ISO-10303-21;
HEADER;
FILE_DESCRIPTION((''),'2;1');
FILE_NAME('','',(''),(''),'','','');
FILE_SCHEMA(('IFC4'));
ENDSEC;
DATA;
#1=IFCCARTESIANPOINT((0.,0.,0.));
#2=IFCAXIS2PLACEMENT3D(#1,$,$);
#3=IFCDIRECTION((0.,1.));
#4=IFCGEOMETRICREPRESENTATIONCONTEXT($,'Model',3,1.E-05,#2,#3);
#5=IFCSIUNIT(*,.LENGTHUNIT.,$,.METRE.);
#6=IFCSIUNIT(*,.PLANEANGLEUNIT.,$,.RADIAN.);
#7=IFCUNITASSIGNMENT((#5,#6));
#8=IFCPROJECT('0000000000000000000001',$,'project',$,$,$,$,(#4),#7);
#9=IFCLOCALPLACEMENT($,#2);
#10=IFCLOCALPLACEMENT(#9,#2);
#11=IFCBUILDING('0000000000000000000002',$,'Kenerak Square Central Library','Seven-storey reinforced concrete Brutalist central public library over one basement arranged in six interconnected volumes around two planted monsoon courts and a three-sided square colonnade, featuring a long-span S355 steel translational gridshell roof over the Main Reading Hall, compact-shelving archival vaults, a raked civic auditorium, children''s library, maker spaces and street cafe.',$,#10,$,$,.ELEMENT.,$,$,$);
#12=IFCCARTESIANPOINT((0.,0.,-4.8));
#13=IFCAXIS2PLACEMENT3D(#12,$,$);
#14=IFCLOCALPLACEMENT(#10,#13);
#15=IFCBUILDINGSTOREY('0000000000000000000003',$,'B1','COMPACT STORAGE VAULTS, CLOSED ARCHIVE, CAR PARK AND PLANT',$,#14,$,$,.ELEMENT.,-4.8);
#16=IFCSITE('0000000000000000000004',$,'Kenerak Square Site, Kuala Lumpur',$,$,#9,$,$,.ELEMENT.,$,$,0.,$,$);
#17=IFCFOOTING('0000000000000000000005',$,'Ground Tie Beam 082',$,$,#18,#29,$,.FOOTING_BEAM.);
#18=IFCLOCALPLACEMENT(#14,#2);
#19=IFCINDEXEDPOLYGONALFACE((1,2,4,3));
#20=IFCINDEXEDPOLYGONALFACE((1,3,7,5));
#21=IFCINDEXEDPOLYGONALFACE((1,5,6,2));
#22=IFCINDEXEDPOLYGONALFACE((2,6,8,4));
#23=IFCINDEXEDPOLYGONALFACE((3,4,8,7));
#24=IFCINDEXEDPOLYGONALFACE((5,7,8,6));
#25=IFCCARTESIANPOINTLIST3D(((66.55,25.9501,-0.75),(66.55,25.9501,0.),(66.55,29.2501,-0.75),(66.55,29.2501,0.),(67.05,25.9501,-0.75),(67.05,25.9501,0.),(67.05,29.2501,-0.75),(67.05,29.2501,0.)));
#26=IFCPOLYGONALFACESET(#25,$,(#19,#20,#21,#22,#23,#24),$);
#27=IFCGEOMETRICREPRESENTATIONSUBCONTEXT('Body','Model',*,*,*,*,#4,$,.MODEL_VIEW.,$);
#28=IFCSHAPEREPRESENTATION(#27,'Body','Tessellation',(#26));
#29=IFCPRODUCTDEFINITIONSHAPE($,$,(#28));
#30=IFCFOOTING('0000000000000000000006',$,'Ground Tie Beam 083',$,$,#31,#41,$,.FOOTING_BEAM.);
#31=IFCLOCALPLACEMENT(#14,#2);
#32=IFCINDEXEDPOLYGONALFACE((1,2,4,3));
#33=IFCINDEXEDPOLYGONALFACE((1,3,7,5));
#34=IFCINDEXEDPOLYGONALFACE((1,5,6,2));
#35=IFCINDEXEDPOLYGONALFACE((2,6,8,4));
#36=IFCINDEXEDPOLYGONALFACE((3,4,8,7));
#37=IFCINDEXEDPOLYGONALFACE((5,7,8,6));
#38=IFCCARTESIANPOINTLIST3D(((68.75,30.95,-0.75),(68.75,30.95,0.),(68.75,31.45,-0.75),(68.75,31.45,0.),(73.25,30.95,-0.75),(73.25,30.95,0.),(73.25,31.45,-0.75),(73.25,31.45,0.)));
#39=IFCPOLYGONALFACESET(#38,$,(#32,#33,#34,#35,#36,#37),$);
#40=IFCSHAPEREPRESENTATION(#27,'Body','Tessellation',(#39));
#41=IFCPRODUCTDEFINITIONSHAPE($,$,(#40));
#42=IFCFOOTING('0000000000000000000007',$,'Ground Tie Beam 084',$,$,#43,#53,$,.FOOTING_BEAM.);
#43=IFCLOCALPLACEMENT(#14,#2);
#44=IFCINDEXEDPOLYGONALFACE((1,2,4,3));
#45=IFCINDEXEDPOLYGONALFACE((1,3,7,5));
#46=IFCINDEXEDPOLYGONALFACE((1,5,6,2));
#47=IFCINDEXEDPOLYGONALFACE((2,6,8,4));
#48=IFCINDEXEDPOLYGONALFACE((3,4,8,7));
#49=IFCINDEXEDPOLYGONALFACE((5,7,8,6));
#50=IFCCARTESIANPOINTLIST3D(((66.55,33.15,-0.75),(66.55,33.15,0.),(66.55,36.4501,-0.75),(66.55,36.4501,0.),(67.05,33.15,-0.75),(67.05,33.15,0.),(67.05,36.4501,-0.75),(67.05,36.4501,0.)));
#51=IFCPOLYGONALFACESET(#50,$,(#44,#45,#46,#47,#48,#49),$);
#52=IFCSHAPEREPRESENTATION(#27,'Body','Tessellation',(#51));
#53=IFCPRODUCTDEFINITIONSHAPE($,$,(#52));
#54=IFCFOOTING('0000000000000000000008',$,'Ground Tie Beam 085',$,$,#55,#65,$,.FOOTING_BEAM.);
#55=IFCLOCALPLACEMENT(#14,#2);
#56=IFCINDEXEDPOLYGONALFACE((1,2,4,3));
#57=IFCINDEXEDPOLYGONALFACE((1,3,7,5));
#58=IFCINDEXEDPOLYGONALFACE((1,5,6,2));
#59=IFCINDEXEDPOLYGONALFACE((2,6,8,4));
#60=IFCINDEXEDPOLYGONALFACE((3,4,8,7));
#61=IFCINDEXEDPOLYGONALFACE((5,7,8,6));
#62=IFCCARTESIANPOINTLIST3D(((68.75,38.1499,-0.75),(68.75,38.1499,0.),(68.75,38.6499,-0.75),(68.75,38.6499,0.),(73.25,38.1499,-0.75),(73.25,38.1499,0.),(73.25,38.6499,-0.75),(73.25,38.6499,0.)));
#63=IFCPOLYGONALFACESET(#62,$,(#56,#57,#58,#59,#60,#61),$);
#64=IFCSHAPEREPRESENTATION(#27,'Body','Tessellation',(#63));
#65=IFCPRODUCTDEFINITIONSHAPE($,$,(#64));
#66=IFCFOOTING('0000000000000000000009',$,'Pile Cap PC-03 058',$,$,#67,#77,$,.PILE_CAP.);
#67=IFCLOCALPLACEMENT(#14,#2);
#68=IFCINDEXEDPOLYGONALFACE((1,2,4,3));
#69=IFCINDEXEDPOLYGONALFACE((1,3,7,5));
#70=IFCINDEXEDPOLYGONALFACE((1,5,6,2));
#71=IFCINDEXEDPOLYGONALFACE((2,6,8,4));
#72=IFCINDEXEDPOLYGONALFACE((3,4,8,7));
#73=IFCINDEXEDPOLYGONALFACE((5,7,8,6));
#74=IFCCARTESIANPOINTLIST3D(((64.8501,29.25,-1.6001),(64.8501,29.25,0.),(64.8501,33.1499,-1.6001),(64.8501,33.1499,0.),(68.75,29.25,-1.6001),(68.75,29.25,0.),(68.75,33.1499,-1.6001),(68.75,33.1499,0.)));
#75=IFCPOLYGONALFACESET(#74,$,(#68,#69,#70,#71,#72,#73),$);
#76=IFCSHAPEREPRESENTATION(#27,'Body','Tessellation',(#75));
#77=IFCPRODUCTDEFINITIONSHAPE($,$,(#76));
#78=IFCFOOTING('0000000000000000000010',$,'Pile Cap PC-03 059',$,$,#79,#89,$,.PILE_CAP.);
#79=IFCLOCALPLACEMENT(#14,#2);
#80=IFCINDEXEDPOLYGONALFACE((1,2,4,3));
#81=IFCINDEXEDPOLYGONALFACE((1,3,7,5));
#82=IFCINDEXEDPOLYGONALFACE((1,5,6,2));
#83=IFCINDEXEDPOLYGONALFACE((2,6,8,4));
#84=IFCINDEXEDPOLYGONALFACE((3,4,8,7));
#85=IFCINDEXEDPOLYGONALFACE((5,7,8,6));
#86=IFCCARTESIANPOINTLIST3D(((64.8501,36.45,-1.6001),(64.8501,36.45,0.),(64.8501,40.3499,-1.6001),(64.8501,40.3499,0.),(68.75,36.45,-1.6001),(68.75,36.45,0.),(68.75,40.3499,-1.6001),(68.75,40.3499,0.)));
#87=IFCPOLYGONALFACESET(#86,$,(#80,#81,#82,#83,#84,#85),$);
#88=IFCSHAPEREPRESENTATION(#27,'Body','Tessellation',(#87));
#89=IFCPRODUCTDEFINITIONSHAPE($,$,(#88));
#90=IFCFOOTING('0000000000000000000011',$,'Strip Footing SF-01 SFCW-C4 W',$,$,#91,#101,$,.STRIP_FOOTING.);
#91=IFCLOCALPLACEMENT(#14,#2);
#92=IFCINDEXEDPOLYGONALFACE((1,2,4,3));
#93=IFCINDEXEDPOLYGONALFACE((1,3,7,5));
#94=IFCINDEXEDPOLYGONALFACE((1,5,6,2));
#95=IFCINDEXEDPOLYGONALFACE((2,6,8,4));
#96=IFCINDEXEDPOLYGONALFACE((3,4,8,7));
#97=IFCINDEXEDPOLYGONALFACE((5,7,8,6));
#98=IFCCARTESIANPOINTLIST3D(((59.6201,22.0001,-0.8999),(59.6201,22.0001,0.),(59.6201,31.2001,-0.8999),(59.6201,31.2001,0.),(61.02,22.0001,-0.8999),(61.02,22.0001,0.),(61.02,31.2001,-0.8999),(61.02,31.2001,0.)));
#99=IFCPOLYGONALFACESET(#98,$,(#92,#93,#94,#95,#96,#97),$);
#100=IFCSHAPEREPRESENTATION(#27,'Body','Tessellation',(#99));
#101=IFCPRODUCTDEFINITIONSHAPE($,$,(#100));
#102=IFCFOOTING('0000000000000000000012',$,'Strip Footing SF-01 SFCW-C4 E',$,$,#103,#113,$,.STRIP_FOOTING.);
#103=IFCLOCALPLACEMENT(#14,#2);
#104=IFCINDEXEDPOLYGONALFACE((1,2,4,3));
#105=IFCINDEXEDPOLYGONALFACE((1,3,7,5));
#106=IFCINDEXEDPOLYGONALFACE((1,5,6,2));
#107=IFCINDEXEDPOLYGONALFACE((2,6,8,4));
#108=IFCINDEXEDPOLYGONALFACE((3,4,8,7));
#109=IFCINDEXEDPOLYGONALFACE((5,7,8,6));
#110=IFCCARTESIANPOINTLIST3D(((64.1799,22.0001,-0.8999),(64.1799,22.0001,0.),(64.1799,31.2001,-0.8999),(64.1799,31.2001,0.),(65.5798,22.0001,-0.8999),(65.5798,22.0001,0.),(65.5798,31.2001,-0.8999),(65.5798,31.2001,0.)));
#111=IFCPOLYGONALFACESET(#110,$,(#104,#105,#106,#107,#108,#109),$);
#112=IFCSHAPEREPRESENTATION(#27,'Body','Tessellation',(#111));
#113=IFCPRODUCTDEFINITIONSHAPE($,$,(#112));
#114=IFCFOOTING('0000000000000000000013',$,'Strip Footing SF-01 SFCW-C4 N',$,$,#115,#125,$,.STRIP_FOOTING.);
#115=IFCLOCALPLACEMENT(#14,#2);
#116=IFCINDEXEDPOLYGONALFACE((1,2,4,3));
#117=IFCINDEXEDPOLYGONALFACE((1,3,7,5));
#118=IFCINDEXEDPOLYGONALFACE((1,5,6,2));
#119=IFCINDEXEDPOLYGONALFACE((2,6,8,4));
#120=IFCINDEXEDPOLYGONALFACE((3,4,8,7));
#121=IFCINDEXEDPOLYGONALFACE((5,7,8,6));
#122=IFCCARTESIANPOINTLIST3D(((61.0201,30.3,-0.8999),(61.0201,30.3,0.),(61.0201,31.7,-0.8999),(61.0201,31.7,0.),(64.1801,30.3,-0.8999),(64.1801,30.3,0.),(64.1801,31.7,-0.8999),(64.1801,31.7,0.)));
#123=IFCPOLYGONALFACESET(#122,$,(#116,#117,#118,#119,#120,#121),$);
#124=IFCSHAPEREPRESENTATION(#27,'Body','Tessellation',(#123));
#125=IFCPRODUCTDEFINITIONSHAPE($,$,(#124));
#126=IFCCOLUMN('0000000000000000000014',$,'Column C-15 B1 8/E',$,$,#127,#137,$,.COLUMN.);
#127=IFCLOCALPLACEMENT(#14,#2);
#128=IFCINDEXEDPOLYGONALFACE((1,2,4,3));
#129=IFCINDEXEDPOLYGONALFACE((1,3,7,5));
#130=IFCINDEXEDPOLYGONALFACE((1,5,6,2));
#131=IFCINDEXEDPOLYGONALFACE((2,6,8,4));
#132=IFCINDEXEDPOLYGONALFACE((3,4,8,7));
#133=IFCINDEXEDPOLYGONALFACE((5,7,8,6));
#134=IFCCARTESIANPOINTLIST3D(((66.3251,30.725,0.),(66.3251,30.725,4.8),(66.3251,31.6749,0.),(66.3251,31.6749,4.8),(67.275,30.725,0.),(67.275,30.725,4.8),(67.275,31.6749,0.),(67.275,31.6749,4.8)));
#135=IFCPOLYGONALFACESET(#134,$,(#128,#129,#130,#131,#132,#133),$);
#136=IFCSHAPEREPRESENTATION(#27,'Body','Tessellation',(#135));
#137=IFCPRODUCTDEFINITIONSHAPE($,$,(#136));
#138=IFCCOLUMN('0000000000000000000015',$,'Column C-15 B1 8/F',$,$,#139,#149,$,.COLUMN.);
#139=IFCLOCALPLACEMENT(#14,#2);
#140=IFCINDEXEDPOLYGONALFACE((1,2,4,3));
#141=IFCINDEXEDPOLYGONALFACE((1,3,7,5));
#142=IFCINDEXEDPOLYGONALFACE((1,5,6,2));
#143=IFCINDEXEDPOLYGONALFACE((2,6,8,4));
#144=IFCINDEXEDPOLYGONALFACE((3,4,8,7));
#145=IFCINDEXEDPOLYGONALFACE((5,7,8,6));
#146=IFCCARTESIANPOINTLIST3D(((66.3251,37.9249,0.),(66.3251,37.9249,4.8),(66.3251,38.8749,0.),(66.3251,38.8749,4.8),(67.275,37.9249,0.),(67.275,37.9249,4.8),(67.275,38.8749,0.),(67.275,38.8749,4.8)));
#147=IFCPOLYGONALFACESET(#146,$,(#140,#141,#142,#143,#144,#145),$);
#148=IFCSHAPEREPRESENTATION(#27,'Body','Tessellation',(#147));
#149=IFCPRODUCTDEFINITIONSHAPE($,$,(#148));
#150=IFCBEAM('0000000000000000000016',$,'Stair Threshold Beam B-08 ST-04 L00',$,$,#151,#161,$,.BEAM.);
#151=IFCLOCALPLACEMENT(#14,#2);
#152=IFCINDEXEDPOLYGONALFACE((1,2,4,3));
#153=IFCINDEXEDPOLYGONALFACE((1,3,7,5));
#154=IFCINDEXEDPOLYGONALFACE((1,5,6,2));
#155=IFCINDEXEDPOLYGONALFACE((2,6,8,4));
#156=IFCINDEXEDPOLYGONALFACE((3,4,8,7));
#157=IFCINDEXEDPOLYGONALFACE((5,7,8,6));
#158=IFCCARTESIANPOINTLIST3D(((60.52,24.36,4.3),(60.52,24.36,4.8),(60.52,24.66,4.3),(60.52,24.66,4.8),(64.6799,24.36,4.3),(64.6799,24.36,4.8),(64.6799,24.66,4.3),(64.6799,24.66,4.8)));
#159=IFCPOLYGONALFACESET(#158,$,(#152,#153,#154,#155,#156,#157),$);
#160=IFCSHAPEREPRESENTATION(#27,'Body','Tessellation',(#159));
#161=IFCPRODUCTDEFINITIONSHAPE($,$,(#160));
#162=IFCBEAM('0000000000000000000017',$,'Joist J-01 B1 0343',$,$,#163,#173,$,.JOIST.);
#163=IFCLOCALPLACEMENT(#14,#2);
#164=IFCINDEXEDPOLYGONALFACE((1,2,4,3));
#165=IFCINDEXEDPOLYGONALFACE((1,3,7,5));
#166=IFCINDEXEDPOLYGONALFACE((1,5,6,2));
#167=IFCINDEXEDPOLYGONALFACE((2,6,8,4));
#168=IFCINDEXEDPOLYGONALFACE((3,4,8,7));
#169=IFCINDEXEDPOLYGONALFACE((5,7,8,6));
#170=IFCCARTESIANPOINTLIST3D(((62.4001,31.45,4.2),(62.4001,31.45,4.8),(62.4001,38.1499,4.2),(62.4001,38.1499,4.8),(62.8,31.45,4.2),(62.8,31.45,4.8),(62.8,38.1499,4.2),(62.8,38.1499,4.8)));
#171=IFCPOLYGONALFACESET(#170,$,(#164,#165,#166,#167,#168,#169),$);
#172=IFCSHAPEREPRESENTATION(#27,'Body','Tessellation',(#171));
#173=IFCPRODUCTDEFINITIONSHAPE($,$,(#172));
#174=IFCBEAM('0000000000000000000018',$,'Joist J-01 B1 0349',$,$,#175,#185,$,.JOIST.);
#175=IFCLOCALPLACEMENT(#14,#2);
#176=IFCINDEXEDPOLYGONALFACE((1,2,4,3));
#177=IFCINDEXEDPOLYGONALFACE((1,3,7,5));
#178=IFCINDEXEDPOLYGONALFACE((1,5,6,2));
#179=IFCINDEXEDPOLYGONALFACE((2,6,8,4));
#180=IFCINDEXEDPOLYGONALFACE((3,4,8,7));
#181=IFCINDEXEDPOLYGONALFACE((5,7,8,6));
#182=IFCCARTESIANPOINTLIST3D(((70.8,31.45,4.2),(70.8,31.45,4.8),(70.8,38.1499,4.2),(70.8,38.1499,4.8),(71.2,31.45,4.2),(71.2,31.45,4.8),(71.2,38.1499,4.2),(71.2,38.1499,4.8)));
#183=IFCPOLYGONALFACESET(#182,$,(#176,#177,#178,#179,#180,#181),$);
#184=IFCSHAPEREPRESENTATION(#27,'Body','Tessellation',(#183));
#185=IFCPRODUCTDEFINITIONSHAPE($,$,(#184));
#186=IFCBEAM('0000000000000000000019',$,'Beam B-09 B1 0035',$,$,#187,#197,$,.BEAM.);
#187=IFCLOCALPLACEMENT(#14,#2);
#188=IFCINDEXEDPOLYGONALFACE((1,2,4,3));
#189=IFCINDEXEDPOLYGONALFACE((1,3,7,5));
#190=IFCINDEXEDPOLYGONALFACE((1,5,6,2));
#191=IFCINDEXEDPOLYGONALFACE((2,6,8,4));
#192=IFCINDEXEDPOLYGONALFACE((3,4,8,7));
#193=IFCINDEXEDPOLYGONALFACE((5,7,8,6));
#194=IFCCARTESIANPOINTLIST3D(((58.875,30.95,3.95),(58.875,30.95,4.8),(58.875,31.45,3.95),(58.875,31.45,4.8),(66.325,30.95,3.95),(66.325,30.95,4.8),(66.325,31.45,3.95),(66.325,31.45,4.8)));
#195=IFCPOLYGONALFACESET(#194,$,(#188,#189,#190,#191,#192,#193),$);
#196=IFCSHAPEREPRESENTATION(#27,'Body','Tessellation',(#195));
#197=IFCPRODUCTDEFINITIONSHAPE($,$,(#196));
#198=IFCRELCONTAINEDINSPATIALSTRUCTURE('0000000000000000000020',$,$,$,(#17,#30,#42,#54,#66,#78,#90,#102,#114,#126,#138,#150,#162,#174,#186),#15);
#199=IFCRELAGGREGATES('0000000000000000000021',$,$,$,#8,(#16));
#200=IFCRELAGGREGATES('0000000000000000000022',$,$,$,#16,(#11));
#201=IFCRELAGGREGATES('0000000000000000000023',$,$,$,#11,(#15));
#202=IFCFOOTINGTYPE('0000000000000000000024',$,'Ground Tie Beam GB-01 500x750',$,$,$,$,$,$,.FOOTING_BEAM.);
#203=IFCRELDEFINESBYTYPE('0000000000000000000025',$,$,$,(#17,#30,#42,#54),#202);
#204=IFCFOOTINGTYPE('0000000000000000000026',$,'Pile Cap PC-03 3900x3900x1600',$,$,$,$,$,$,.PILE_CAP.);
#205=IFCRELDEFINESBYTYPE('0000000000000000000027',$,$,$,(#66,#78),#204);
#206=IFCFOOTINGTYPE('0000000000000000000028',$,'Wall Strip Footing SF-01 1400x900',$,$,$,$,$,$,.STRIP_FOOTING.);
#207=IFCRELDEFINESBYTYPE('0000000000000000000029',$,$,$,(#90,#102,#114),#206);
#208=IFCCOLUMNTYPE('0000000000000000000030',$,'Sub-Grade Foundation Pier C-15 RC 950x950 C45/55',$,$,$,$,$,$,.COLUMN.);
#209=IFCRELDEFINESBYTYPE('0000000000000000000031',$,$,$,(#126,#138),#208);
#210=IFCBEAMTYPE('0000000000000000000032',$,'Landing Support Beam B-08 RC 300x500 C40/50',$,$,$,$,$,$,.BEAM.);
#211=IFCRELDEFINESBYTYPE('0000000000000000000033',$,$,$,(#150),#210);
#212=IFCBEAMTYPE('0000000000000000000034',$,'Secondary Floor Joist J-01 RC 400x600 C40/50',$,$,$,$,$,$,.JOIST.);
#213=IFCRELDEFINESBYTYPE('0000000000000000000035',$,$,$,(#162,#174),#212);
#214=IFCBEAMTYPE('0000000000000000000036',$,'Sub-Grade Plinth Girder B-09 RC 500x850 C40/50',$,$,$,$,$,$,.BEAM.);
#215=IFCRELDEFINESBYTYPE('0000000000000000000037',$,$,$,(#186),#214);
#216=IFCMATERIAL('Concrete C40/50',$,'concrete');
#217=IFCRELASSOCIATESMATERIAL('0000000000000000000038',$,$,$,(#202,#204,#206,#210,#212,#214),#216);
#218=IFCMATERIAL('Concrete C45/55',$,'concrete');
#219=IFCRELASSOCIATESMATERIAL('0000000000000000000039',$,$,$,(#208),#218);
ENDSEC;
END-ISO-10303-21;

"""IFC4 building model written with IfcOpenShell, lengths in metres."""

from ifc_helpers import new_model, si_unit, direction, frame, origin, origin_2d, place, context, subcontext, project, spatial, rectangle, extrude, material, material_profile, profile_set, type_object, element, save


model = new_model("IFC4")

# Units and contexts
model_context = context("Model", 3, precision=1e-05, world=origin(), true_north=direction((0.0, 1.0)))
body_context = subcontext(model_context, "Body", "Model", "MODEL_VIEW")
ifc_project = project(units=[si_unit("LENGTHUNIT", "METRE"), si_unit("PLANEANGLEUNIT", "RADIAN")], contexts=[model_context])

# Site, building, storey
site_placement = place(None, origin())
site = spatial("IfcSite", under=ifc_project, at=site_placement, Name="Kenerak Square Site, Kuala Lumpur", CompositionType="ELEMENT", RefElevation=0.0)
building_placement = place(site_placement, origin())
building = spatial("IfcBuilding", under=site, at=building_placement, Name="Kenerak Square Central Library", Description="Seven-storey reinforced concrete Brutalist central public library over one basement arranged in six interconnected volumes around two planted monsoon courts and a three-sided square colonnade, featuring a long-span S355 steel translational gridshell roof over the Main Reading Hall, compact-shelving archival vaults, a raked civic auditorium, children's library, maker spaces and street cafe.", CompositionType="ELEMENT")
storey_placement = place(building_placement, frame((0.0, 0.0, -4.8)))
storey = spatial("IfcBuildingStorey", under=building, at=storey_placement, Name="B1", Description="COMPACT STORAGE VAULTS, CLOSED ARCHIVE, CAR PARK AND PLANT", CompositionType="ELEMENT", Elevation=-4.8)

# Shared definitions
ifc_material_1 = material(Name="Concrete C40/50", Category="concrete")

# Footings
footing_type_1 = type_object("IfcFootingType", Name="Ground Tie Beam GB-01 500x750", PredefinedType="FOOTING_BEAM", material=ifc_material_1)
footing_1_placement = place(storey_placement, frame((66.8, 27.6001, -0.75), z_axis=(0.0, 0.0, 1.0), x_axis=(1.0, 0.0, 0.0)))
element("IfcFooting", 1, at=footing_1_placement, inside=storey, type_object=footing_type_1, Name="Ground Tie Beam 082", PredefinedType="FOOTING_BEAM", context=body_context, shape_type="SweptSolid", body=[
    extrude(rectangle(XDim=0.5, YDim=3.3, at=origin_2d()), origin(), (0.0, 0.0, 1.0), 0.75),
])
footing_2_placement = place(storey_placement, frame((71.0, 31.2, -0.75), z_axis=(0.0, 0.0, 1.0), x_axis=(1.0, 0.0, 0.0)))
element("IfcFooting", 2, at=footing_2_placement, inside=storey, type_object=footing_type_1, Name="Ground Tie Beam 083", PredefinedType="FOOTING_BEAM", context=body_context, shape_type="SweptSolid", body=[
    extrude(rectangle(XDim=4.5, YDim=0.5, at=origin_2d()), origin(), (0.0, 0.0, 1.0), 0.75),
])
footing_3_placement = place(storey_placement, frame((66.8, 34.8, -0.75), z_axis=(0.0, 0.0, 1.0), x_axis=(1.0, 0.0, 0.0)))
element("IfcFooting", 3, at=footing_3_placement, inside=storey, type_object=footing_type_1, Name="Ground Tie Beam 084", PredefinedType="FOOTING_BEAM", context=body_context, shape_type="SweptSolid", body=[
    extrude(rectangle(XDim=0.5, YDim=3.3, at=origin_2d()), origin(), (0.0, 0.0, 1.0), 0.75),
])
footing_4_placement = place(storey_placement, frame((71.0, 38.3999, -0.75), z_axis=(0.0, 0.0, 1.0), x_axis=(1.0, 0.0, 0.0)))
element("IfcFooting", 4, at=footing_4_placement, inside=storey, type_object=footing_type_1, Name="Ground Tie Beam 085", PredefinedType="FOOTING_BEAM", context=body_context, shape_type="SweptSolid", body=[
    extrude(rectangle(XDim=4.5, YDim=0.5, at=origin_2d()), origin(), (0.0, 0.0, 1.0), 0.75),
])
footing_type_2 = type_object("IfcFootingType", Name="Pile Cap PC-03 3900x3900x1600", PredefinedType="PILE_CAP", material=ifc_material_1)
for number, where, z_axis, x_axis, name in (
    (5, (66.8, 31.2, -1.6001), (0.0, 0.0, 1.0), (1.0, 0.0, 0.0), "Pile Cap PC-03 058"),
    (6, (66.8, 38.3999, -1.6001), (0.0, 0.0, 1.0), (1.0, 0.0, 0.0), "Pile Cap PC-03 059"),
):
    element("IfcFooting", number, at=place(storey_placement, frame(where, z_axis=z_axis, x_axis=x_axis)), inside=storey, type_object=footing_type_2, Name=name, PredefinedType="PILE_CAP", context=body_context, shape_type="SweptSolid", body=[
        extrude(rectangle(XDim=3.8999, YDim=3.8999, at=origin_2d()), origin(), (0.0, 0.0, 1.0), 1.6001),
    ])
footing_type_3 = type_object("IfcFootingType", Name="Wall Strip Footing SF-01 1400x900", PredefinedType="STRIP_FOOTING", material=ifc_material_1)
for number, where, z_axis, x_axis, name in (
    (7, (60.3201, 26.6001, -0.8999), (0.0, 0.0, 1.0), (1.0, 0.0, 0.0), "Strip Footing SF-01 SFCW-C4 W"),
    (8, (64.8799, 26.6001, -0.8999), (0.0, 0.0, 1.0), (1.0, 0.0, 0.0), "Strip Footing SF-01 SFCW-C4 E"),
):
    element("IfcFooting", number, at=place(storey_placement, frame(where, z_axis=z_axis, x_axis=x_axis)), inside=storey, type_object=footing_type_3, Name=name, PredefinedType="STRIP_FOOTING", context=body_context, shape_type="SweptSolid", body=[
        extrude(rectangle(XDim=1.3999, YDim=9.2, at=origin_2d()), origin(), (0.0, 0.0, 1.0), 0.8999),
    ])
footing_5_placement = place(storey_placement, frame((62.6001, 31.0, -0.8999), z_axis=(0.0, 0.0, 1.0), x_axis=(1.0, 0.0, 0.0)))
element("IfcFooting", 9, at=footing_5_placement, inside=storey, type_object=footing_type_3, Name="Strip Footing SF-01 SFCW-C4 N", PredefinedType="STRIP_FOOTING", context=body_context, shape_type="SweptSolid", body=[
    extrude(rectangle(XDim=3.1599, YDim=1.3999, at=origin_2d()), origin(), (0.0, 0.0, 1.0), 0.8999),
])

# Columns
ifc_material_2 = material(Name="Concrete C45/55", Category="concrete")
ifc_material_profile_1 = material_profile(ifc_material_2, rectangle(XDim=0.95, YDim=0.95, at=origin_2d()), Name="RC 950x950")
ifc_profile_set_1 = profile_set([ifc_material_profile_1], Name="Concrete C45/55")
column_type = type_object("IfcColumnType", Name="Sub-Grade Foundation Pier C-15 RC 950x950 C45/55", PredefinedType="COLUMN", material=ifc_profile_set_1)
for number, where, z_axis, x_axis, name in (
    (10, (66.8, 31.2, 0.0), (0.0, 0.0, 1.0), (1.0, 0.0, 0.0), "Column C-15 B1 8/E"),
    (11, (66.8, 38.3999, 0.0), (0.0, 0.0, 1.0), (1.0, 0.0, 0.0), "Column C-15 B1 8/F"),
):
    element("IfcColumn", number, at=place(storey_placement, frame(where, z_axis=z_axis, x_axis=x_axis)), inside=storey, type_object=column_type, Name=name, PredefinedType="COLUMN", context=body_context, shape_type="SweptSolid", body=[
        extrude(rectangle(XDim=0.95, YDim=0.95, at=origin_2d()), origin(), (0.0, 0.0, 1.0), 4.8),
    ])

# Beams
ifc_material_profile_2 = material_profile(ifc_material_1, rectangle(XDim=0.3, YDim=0.5, at=origin_2d()), Name="RC 300x500")
ifc_profile_set_2 = profile_set([ifc_material_profile_2], Name="Concrete C40/50")
beam_type_1 = type_object("IfcBeamType", Name="Landing Support Beam B-08 RC 300x500 C40/50", PredefinedType="BEAM", material=ifc_profile_set_2)
beam_1_placement = place(storey_placement, frame((60.52, 24.51, 4.55), z_axis=(1.0, 0.0, 0.0), x_axis=(0.0, 1.0, 0.0)))
element("IfcBeam", 12, at=beam_1_placement, inside=storey, type_object=beam_type_1, Name="Stair Threshold Beam B-08 ST-04 L00", PredefinedType="BEAM", context=body_context, shape_type="SweptSolid", body=[
    extrude(rectangle(XDim=0.3, YDim=0.5, at=origin_2d()), origin(), (0.0, 0.0, 1.0), 4.1599),
])
ifc_material_profile_3 = material_profile(ifc_material_1, rectangle(XDim=0.3999, YDim=0.6001, at=origin_2d()), Name="RC 400x600")
ifc_profile_set_3 = profile_set([ifc_material_profile_3], Name="Concrete C40/50")
beam_type_2 = type_object("IfcBeamType", Name="Secondary Floor Joist J-01 RC 400x600 C40/50", PredefinedType="JOIST", material=ifc_profile_set_3)
for number, where, z_axis, x_axis, name in (
    (13, (62.6001, 31.45, 4.5), (0.0, 1.0, 0.0), (-1.0, 0.0, 0.0), "Joist J-01 B1 0343"),
    (14, (71.0, 31.45, 4.5), (0.0, 1.0, 0.0), (-1.0, 0.0, 0.0), "Joist J-01 B1 0349"),
):
    element("IfcBeam", number, at=place(storey_placement, frame(where, z_axis=z_axis, x_axis=x_axis)), inside=storey, type_object=beam_type_2, Name=name, PredefinedType="JOIST", context=body_context, shape_type="SweptSolid", body=[
        extrude(rectangle(XDim=0.3999, YDim=0.6001, at=origin_2d()), origin(), (0.0, 0.0, 1.0), 6.7),
    ])
ifc_material_profile_4 = material_profile(ifc_material_1, rectangle(XDim=0.5, YDim=0.8501, at=origin_2d()), Name="RC 500x850")
ifc_profile_set_4 = profile_set([ifc_material_profile_4], Name="Concrete C40/50")
beam_type_3 = type_object("IfcBeamType", Name="Sub-Grade Plinth Girder B-09 RC 500x850 C40/50", PredefinedType="BEAM", material=ifc_profile_set_4)
beam_2_placement = place(storey_placement, frame((58.875, 31.2, 4.375), z_axis=(1.0, 0.0, 0.0), x_axis=(0.0, 1.0, 0.0)))
element("IfcBeam", 15, at=beam_2_placement, inside=storey, type_object=beam_type_3, Name="Beam B-09 B1 0035", PredefinedType="BEAM", context=body_context, shape_type="SweptSolid", body=[
    extrude(rectangle(XDim=0.5, YDim=0.8501, at=origin_2d()), origin(), (0.0, 0.0, 1.0), 7.45),
])

save(model, "model.ifc")
